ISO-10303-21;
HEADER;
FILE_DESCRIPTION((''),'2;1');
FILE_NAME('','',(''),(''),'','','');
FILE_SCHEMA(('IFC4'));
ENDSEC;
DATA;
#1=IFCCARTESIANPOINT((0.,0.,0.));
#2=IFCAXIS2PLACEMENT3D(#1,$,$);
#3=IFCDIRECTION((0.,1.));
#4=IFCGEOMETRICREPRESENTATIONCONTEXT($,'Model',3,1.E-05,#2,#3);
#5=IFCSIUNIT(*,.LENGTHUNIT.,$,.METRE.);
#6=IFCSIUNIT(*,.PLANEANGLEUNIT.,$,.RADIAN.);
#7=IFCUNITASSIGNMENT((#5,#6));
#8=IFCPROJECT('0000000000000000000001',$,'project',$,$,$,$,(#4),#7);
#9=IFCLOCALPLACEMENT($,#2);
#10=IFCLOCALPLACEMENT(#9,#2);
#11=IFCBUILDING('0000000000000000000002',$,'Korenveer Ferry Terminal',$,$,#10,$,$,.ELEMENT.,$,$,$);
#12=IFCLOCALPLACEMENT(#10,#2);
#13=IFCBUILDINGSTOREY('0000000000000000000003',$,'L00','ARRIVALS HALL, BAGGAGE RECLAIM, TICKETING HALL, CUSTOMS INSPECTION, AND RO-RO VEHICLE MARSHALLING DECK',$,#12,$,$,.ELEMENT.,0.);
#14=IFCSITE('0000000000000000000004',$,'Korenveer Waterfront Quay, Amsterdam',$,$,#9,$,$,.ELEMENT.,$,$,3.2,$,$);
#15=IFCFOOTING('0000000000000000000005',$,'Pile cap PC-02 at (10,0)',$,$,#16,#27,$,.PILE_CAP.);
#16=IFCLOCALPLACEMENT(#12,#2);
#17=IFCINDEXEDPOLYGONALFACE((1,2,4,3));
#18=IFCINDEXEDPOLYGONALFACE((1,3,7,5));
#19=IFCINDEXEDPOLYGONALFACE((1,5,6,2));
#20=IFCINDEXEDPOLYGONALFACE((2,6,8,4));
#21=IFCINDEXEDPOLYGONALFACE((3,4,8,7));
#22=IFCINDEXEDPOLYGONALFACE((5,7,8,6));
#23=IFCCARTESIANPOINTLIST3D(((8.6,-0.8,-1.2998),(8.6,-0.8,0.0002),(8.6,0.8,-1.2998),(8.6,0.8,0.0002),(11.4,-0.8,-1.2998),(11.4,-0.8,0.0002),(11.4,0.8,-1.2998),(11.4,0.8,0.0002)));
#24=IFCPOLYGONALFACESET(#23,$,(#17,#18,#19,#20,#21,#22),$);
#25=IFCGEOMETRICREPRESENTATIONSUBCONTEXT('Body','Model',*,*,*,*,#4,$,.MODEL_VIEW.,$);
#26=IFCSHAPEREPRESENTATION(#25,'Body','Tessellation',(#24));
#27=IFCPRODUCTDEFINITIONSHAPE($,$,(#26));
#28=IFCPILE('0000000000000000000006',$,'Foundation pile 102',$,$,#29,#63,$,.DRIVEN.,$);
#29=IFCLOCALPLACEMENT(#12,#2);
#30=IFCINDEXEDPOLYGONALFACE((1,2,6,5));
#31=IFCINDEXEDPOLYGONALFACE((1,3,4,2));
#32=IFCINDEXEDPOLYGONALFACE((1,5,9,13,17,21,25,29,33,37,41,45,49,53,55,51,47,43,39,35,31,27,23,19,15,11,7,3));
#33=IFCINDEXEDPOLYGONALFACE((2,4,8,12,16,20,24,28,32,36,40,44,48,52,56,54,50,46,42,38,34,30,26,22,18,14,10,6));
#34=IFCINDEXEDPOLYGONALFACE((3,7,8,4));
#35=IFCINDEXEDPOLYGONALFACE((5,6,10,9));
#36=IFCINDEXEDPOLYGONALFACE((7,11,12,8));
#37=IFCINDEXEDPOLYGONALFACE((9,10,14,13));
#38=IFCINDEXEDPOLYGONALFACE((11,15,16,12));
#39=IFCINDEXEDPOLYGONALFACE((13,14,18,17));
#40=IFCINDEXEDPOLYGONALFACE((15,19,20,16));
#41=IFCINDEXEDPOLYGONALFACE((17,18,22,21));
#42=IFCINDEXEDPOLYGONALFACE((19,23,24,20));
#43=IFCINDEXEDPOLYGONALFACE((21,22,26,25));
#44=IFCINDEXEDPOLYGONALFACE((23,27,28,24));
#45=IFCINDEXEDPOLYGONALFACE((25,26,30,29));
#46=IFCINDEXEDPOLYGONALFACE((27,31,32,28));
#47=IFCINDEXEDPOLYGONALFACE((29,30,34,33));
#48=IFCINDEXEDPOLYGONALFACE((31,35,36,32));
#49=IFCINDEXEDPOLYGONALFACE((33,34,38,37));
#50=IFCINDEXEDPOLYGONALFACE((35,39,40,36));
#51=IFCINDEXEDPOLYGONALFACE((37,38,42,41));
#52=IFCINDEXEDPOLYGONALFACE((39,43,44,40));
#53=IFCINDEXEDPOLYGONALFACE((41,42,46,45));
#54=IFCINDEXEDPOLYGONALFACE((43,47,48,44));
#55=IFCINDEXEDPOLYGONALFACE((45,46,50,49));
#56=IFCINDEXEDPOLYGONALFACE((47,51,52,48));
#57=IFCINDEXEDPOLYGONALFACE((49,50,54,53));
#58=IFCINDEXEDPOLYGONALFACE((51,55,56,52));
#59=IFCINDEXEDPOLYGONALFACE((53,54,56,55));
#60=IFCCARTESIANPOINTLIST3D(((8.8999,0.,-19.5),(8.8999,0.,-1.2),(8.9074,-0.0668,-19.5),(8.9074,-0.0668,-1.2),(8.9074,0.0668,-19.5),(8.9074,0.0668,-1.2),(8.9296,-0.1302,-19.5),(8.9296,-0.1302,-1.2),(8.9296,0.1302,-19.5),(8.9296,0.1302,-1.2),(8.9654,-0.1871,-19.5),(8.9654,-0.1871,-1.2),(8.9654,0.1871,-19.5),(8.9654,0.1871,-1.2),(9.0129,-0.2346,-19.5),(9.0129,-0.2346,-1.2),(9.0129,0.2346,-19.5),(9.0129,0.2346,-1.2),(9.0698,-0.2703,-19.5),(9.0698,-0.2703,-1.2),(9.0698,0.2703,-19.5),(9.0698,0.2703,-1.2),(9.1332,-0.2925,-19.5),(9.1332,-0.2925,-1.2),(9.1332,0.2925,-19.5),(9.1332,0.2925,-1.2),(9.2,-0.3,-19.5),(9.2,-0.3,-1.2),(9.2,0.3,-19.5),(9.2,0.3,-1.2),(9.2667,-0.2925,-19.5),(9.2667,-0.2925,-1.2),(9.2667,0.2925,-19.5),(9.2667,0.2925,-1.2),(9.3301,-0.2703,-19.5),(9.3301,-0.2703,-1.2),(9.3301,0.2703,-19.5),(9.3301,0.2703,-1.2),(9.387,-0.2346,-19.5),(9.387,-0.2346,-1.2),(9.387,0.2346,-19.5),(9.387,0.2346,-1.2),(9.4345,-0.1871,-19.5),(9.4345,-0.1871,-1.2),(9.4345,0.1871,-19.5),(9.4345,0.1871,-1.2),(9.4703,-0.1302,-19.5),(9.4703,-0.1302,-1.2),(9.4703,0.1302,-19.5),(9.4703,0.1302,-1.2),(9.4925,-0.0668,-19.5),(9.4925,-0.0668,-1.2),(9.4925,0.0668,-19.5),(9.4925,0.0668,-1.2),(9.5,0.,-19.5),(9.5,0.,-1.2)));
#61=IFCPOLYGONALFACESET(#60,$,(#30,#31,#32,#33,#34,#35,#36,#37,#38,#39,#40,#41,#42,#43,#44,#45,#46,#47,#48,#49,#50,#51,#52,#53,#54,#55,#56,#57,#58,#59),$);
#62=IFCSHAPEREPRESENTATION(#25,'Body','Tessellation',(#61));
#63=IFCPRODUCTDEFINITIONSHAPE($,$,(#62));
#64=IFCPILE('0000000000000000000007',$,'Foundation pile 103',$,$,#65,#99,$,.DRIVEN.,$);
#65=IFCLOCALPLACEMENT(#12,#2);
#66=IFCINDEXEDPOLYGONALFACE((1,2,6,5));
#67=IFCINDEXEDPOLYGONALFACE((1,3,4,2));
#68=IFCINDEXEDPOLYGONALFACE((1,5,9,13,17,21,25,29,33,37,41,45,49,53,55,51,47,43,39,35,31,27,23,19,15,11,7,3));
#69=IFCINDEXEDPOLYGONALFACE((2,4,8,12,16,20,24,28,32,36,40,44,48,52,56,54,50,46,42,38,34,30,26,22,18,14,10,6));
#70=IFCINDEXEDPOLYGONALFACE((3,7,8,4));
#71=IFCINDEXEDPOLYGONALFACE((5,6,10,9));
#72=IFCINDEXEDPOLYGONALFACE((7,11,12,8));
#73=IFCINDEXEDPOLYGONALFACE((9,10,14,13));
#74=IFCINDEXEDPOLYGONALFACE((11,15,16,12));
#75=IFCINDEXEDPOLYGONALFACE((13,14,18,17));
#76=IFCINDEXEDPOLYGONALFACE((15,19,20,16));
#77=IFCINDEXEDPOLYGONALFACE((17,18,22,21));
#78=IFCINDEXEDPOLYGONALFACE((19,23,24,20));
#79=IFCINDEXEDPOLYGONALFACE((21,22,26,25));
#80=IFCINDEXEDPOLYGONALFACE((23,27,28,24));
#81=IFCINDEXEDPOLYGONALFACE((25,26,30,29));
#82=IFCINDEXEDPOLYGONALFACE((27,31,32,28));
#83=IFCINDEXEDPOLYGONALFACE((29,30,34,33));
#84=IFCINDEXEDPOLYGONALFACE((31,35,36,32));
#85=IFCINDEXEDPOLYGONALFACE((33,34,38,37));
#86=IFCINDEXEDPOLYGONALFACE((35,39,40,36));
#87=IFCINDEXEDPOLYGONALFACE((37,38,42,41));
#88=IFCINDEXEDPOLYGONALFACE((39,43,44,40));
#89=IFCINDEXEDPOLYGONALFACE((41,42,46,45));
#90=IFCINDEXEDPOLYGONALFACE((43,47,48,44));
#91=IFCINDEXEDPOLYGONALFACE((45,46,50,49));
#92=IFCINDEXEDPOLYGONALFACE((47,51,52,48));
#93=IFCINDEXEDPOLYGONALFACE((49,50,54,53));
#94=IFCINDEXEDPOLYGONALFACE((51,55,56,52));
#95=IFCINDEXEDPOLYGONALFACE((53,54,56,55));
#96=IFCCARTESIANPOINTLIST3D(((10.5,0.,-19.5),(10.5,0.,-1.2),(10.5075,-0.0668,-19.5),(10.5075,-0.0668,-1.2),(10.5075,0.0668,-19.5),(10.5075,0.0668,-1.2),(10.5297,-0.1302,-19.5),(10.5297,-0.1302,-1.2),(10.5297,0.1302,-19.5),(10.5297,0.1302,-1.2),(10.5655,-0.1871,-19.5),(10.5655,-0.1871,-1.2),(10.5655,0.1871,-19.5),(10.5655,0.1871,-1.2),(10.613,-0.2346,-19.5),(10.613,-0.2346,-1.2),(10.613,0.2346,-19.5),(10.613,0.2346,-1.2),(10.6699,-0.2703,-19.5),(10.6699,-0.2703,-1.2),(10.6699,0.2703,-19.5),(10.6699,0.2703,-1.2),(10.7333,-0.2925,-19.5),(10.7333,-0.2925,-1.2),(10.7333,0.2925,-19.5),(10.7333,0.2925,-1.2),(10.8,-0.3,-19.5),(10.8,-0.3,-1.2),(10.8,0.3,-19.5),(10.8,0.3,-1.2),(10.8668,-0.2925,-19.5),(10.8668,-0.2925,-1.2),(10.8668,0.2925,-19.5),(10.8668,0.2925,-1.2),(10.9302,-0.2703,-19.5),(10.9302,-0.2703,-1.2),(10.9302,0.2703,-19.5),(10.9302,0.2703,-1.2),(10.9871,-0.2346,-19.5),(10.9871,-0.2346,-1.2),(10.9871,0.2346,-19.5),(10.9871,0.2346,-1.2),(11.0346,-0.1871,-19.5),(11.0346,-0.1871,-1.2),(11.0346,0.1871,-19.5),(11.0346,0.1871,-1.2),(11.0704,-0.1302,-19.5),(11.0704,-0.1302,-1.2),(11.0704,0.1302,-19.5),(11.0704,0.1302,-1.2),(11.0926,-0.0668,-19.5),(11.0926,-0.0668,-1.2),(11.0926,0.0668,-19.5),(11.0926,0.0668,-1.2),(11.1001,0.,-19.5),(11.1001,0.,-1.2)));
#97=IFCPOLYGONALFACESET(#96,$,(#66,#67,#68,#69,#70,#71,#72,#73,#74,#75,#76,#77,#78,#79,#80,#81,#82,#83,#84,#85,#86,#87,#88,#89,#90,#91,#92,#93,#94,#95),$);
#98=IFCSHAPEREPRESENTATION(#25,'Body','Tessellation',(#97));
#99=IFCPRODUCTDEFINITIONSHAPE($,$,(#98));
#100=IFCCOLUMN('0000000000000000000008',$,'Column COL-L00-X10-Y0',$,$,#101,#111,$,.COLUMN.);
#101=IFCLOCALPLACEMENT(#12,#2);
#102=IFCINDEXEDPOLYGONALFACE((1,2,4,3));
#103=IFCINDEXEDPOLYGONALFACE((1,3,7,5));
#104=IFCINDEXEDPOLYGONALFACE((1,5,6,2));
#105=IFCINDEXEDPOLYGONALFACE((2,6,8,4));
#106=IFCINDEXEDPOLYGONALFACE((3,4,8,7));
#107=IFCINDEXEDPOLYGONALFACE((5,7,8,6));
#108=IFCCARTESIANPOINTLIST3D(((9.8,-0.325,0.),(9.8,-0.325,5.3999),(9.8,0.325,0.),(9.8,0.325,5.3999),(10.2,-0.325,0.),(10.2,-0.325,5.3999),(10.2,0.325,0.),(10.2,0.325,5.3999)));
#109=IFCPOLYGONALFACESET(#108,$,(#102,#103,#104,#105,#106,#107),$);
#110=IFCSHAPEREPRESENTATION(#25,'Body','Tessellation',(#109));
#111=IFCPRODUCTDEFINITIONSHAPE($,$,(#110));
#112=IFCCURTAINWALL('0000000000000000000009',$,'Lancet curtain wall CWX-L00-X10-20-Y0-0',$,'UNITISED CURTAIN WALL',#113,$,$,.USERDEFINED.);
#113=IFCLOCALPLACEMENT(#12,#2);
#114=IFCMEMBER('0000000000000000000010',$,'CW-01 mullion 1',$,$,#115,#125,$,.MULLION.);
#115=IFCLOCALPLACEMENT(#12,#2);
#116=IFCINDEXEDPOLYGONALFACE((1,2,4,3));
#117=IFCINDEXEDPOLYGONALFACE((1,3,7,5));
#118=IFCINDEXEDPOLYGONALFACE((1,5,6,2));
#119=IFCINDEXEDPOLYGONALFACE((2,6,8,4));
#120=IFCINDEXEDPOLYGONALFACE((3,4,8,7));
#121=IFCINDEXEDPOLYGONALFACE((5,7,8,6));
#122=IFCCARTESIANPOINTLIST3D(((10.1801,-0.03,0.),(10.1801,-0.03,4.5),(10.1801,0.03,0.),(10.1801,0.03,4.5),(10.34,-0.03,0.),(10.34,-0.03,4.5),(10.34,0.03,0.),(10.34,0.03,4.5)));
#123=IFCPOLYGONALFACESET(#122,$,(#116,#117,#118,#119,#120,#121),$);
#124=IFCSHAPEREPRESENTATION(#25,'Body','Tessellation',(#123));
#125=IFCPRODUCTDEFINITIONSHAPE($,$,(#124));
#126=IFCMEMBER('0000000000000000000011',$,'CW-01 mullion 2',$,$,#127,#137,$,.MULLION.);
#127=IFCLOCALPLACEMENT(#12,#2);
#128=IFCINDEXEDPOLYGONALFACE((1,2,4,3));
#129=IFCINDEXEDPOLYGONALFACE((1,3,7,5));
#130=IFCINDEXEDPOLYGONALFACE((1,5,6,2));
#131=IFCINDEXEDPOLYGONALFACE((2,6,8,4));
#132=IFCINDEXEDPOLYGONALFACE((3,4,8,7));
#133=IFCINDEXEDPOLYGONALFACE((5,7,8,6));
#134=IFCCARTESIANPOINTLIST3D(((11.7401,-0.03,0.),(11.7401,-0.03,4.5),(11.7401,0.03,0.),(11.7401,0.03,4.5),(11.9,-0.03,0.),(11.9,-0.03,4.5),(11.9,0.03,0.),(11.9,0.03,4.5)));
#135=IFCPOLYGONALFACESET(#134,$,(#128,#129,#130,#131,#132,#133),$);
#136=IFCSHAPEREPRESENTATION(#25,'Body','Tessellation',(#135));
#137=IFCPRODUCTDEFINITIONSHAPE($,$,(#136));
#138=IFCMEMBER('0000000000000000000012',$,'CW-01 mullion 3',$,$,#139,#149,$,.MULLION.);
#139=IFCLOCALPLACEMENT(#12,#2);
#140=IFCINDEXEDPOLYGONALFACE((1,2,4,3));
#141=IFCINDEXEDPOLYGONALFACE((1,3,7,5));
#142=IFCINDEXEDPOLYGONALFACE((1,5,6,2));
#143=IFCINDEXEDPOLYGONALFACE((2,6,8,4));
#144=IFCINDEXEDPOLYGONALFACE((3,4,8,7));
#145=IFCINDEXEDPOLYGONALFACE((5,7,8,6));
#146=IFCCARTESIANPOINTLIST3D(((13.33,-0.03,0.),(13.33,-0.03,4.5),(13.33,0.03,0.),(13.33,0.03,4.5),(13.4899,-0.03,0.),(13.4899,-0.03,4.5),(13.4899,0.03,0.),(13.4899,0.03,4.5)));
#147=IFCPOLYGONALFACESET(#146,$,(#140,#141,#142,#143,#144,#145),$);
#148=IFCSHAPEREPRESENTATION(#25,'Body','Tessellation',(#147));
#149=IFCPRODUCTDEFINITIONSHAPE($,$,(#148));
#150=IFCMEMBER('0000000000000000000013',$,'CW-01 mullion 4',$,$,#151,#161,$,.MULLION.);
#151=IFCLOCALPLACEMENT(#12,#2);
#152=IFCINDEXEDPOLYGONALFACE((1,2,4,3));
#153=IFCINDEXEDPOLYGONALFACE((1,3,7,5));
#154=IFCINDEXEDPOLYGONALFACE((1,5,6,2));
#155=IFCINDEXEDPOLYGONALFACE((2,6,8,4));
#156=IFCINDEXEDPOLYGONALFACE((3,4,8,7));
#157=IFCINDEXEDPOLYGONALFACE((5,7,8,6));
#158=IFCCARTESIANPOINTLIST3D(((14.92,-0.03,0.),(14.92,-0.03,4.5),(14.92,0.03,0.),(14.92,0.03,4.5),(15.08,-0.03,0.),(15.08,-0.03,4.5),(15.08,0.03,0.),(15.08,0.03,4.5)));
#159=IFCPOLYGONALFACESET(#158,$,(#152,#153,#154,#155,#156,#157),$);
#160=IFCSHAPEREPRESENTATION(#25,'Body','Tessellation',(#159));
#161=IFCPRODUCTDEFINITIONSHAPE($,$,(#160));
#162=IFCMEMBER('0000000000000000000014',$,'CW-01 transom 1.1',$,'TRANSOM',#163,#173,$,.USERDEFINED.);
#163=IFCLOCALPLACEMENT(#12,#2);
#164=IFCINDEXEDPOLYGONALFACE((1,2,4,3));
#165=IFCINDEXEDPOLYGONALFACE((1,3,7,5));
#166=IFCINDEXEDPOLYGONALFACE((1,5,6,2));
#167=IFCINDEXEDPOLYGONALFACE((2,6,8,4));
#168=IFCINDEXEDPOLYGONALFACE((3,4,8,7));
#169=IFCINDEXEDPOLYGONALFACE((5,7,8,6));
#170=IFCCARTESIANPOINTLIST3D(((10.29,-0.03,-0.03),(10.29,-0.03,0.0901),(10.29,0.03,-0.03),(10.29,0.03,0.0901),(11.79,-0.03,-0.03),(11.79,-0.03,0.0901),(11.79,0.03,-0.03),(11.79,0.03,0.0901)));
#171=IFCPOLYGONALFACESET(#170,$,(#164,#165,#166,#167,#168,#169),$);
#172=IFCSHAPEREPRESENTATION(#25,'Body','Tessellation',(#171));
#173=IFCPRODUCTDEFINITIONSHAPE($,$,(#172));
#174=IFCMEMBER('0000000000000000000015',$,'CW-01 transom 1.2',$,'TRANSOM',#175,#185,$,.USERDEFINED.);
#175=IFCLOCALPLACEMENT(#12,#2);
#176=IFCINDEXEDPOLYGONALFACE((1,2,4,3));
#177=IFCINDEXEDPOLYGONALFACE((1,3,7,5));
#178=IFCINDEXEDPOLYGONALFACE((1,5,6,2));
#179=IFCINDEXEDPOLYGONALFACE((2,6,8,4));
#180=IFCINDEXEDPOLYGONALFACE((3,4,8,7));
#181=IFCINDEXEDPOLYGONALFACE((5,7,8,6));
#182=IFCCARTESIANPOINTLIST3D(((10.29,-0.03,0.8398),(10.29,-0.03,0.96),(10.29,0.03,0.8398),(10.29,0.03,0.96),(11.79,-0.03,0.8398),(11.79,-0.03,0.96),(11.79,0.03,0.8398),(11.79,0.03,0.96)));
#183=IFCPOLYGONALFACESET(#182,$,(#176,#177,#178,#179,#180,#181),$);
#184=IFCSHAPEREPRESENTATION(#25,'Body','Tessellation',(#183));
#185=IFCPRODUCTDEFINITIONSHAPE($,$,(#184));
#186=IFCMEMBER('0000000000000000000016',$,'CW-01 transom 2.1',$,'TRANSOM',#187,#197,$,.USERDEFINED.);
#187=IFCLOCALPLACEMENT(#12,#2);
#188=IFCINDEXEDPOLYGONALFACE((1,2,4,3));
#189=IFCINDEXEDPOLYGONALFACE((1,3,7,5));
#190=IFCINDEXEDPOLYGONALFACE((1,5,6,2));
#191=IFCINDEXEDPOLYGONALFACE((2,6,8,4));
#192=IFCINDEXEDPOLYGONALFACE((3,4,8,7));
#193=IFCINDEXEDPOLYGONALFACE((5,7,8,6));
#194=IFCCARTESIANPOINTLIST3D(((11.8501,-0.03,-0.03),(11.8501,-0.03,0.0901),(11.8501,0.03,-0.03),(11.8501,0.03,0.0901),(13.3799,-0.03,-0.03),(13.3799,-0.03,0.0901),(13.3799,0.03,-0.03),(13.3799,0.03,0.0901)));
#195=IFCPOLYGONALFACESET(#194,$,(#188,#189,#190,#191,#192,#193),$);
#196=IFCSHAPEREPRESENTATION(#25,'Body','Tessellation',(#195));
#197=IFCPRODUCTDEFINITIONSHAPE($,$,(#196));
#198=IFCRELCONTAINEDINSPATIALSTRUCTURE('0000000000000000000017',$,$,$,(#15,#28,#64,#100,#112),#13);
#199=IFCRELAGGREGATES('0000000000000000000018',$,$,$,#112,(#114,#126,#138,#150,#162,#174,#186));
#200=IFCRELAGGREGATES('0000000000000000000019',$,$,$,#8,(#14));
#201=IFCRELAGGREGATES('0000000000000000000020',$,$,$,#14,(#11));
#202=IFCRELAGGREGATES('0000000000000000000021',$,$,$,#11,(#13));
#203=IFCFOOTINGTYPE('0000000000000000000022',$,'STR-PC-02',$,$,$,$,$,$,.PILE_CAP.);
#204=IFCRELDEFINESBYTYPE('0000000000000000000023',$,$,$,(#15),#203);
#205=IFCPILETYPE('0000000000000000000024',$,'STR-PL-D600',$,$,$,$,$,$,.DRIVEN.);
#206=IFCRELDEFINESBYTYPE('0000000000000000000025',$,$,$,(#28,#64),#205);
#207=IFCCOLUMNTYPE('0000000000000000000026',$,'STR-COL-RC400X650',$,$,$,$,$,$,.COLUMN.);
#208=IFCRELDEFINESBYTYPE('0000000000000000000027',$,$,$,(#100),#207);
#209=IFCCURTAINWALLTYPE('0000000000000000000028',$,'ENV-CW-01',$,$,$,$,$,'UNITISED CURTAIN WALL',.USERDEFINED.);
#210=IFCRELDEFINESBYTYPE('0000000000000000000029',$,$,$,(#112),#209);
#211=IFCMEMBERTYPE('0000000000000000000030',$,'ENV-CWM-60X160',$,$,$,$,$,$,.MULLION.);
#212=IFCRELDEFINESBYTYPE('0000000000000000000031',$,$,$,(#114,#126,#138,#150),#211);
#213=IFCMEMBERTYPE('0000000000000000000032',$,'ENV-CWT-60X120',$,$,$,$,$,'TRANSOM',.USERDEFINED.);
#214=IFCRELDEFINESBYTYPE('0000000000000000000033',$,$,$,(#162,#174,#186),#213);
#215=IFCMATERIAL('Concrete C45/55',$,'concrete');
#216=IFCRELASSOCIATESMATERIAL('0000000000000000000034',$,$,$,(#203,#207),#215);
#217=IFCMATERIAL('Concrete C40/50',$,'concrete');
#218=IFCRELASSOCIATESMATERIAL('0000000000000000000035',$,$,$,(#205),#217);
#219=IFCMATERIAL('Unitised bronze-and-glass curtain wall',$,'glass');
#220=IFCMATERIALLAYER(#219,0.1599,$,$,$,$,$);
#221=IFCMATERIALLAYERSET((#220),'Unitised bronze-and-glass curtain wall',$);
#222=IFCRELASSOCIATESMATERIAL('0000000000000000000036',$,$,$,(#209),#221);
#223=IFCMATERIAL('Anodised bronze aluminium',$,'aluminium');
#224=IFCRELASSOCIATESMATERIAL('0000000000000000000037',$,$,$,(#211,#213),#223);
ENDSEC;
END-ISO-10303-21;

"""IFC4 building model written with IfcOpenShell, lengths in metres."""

from ifc_helpers import new_model, si_unit, direction, frame, origin, origin_2d, place, context, subcontext, project, spatial, rectangle, circle, extrude, material, layer, layer_set, material_profile, profile_set, type_object, element, aggregate, save


model = new_model("IFC4")

# Units and contexts
model_context = context("Model", 3, precision=1e-05, world=origin(), true_north=direction((0.0, 1.0)))
body_context = subcontext(model_context, "Body", "Model", "MODEL_VIEW")
ifc_project = project(units=[si_unit("LENGTHUNIT", "METRE"), si_unit("PLANEANGLEUNIT", "RADIAN")], contexts=[model_context])

# Site, building, storey
site_placement = place(None, origin())
site = spatial("IfcSite", under=ifc_project, at=site_placement, Name="Korenveer Waterfront Quay, Amsterdam", CompositionType="ELEMENT", RefElevation=3.2)
building_placement = place(site_placement, origin())
building = spatial("IfcBuilding", under=site, at=building_placement, Name="Korenveer Ferry Terminal", CompositionType="ELEMENT")
storey_placement = place(building_placement, origin())
storey = spatial("IfcBuildingStorey", under=building, at=storey_placement, Name="L00", Description="ARRIVALS HALL, BAGGAGE RECLAIM, TICKETING HALL, CUSTOMS INSPECTION, AND RO-RO VEHICLE MARSHALLING DECK", CompositionType="ELEMENT", Elevation=0.0)

# Footing
ifc_material_1 = material(Name="Concrete C45/55", Category="concrete")
footing_type = type_object("IfcFootingType", Name="STR-PC-02", PredefinedType="PILE_CAP", material=ifc_material_1)
footing_placement = place(storey_placement, frame((10.0, 0.0, -1.2998), z_axis=(0.0, 0.0, 1.0), x_axis=(1.0, 0.0, 0.0)))
element("IfcFooting", 1, at=footing_placement, inside=storey, type_object=footing_type, Name="Pile cap PC-02 at (10,0)", PredefinedType="PILE_CAP", context=body_context, shape_type="SweptSolid", body=[
    extrude(rectangle(XDim=2.8, YDim=1.6001, at=origin_2d()), origin(), (0.0, 0.0, 1.0), 1.3),
])

# Piles
ifc_material_2 = material(Name="Concrete C40/50", Category="concrete")
ifc_material_profile_1 = material_profile(ifc_material_2, circle(Radius=0.3, at=origin_2d()), Name="PILE D600")
ifc_profile_set_1 = profile_set([ifc_material_profile_1], Name="Concrete C40/50")
pile_type = type_object("IfcPileType", Name="STR-PL-D600", PredefinedType="DRIVEN", material=ifc_profile_set_1)
for number, where, z_axis, x_axis, name in (
    (2, (9.2, 0.0, -1.2), (0.0, 0.0, -1.0), (1.0, 0.0, 0.0), "Foundation pile 102"),
    (3, (10.8, 0.0, -1.2), (0.0, 0.0, -1.0), (1.0, 0.0, 0.0), "Foundation pile 103"),
):
    element("IfcPile", number, at=place(storey_placement, frame(where, z_axis=z_axis, x_axis=x_axis)), inside=storey, type_object=pile_type, Name=name, PredefinedType="DRIVEN", context=body_context, shape_type="SweptSolid", body=[
        extrude(circle(Radius=0.3, at=origin_2d()), origin(), (0.0, 0.0, 1.0), 18.3),
    ])

# Column
ifc_material_profile_2 = material_profile(ifc_material_1, rectangle(XDim=0.3999, YDim=0.6499, at=origin_2d()), Name="RC 400x650")
ifc_profile_set_2 = profile_set([ifc_material_profile_2], Name="Concrete C45/55")
column_type = type_object("IfcColumnType", Name="STR-COL-RC400X650", PredefinedType="COLUMN", material=ifc_profile_set_2)
column_placement = place(storey_placement, frame((10.0, 0.0, 0.0), z_axis=(0.0, 0.0, 1.0), x_axis=(1.0, 0.0, 0.0)))
element("IfcColumn", 4, at=column_placement, inside=storey, type_object=column_type, Name="Column COL-L00-X10-Y0", PredefinedType="COLUMN", context=body_context, shape_type="SweptSolid", body=[
    extrude(rectangle(XDim=0.3999, YDim=0.6499, at=origin_2d()), origin(), (0.0, 0.0, 1.0), 5.3999),
])

# Curtain wall, members
ifc_material_3 = material(Name="Unitised bronze-and-glass curtain wall", Category="glass")
ifc_layer_1 = layer(ifc_material_3, 0.1599)
ifc_layer_set_1 = layer_set([ifc_layer_1], Name="Unitised bronze-and-glass curtain wall")
curtain_wall_type = type_object("IfcCurtainWallType", Name="ENV-CW-01", ElementType="UNITISED CURTAIN WALL", PredefinedType="USERDEFINED", material=ifc_layer_set_1)
curtain_wall_placement = place(storey_placement, frame((10.23, 0.0, 0.0)))
curtain_wall = element("IfcCurtainWall", 5, at=curtain_wall_placement, inside=storey, type_object=curtain_wall_type, Name="Lancet curtain wall CWX-L00-X10-20-Y0-0", ObjectType="UNITISED CURTAIN WALL", PredefinedType="USERDEFINED")
ifc_material_4 = material(Name="Anodised bronze aluminium", Category="aluminium")
ifc_material_profile_3 = material_profile(ifc_material_4, rectangle(XDim=0.0601, YDim=0.1599, at=origin_2d()), Name="ALU 60x160")
ifc_profile_set_3 = profile_set([ifc_material_profile_3], Name="Anodised bronze aluminium")
member_type_1 = type_object("IfcMemberType", Name="ENV-CWM-60X160", PredefinedType="MULLION", material=ifc_profile_set_3)
member_1_placement = place(storey_placement, frame((10.26, 0.0, 0.0), z_axis=(0.0, 0.0, 1.0), x_axis=(0.0, 1.0, 0.0)))
member_1 = element("IfcMember", 6, at=member_1_placement, type_object=member_type_1, Name="CW-01 mullion 1", PredefinedType="MULLION", context=body_context, shape_type="SweptSolid", body=[
    extrude(rectangle(XDim=0.0601, YDim=0.1599, at=origin_2d()), origin(), (0.0, 0.0, 1.0), 4.5),
])
member_2_placement = place(storey_placement, frame((11.8201, 0.0, 0.0), z_axis=(0.0, 0.0, 1.0), x_axis=(0.0, 1.0, 0.0)))
member_2 = element("IfcMember", 7, at=member_2_placement, type_object=member_type_1, Name="CW-01 mullion 2", PredefinedType="MULLION", context=body_context, shape_type="SweptSolid", body=[
    extrude(rectangle(XDim=0.0601, YDim=0.1599, at=origin_2d()), origin(), (0.0, 0.0, 1.0), 4.5),
])
member_3_placement = place(storey_placement, frame((13.4099, 0.0, 0.0), z_axis=(0.0, 0.0, 1.0), x_axis=(0.0, 1.0, 0.0)))
member_3 = element("IfcMember", 8, at=member_3_placement, type_object=member_type_1, Name="CW-01 mullion 3", PredefinedType="MULLION", context=body_context, shape_type="SweptSolid", body=[
    extrude(rectangle(XDim=0.0601, YDim=0.1599, at=origin_2d()), origin(), (0.0, 0.0, 1.0), 4.5),
])
member_4_placement = place(storey_placement, frame((15.0, 0.0, 0.0), z_axis=(0.0, 0.0, 1.0), x_axis=(0.0, 1.0, 0.0)))
member_4 = element("IfcMember", 9, at=member_4_placement, type_object=member_type_1, Name="CW-01 mullion 4", PredefinedType="MULLION", context=body_context, shape_type="SweptSolid", body=[
    extrude(rectangle(XDim=0.0601, YDim=0.1599, at=origin_2d()), origin(), (0.0, 0.0, 1.0), 4.5),
])
ifc_material_profile_4 = material_profile(ifc_material_4, rectangle(XDim=0.0601, YDim=0.1201, at=origin_2d()), Name="ALU 60x120")
ifc_profile_set_4 = profile_set([ifc_material_profile_4], Name="Anodised bronze aluminium")
member_type_2 = type_object("IfcMemberType", Name="ENV-CWT-60X120", ElementType="TRANSOM", PredefinedType="USERDEFINED", material=ifc_profile_set_4)
member_5_placement = place(storey_placement, frame((10.29, 0.0, 0.03), z_axis=(1.0, 0.0, 0.0), x_axis=(0.0, 1.0, 0.0)))
member_5 = element("IfcMember", 10, at=member_5_placement, type_object=member_type_2, Name="CW-01 transom 1.1", ObjectType="TRANSOM", PredefinedType="USERDEFINED", context=body_context, shape_type="SweptSolid", body=[
    extrude(rectangle(XDim=0.0601, YDim=0.1201, at=origin_2d()), origin(), (0.0, 0.0, 1.0), 1.5),
])
member_6_placement = place(storey_placement, frame((10.29, 0.0, 0.8999), z_axis=(1.0, 0.0, 0.0), x_axis=(0.0, 1.0, 0.0)))
member_6 = element("IfcMember", 11, at=member_6_placement, type_object=member_type_2, Name="CW-01 transom 1.2", ObjectType="TRANSOM", PredefinedType="USERDEFINED", context=body_context, shape_type="SweptSolid", body=[
    extrude(rectangle(XDim=0.0601, YDim=0.1201, at=origin_2d()), origin(), (0.0, 0.0, 1.0), 1.5),
])
member_7_placement = place(storey_placement, frame((11.8501, 0.0, 0.03), z_axis=(1.0, 0.0, 0.0), x_axis=(0.0, 1.0, 0.0)))
member_7 = element("IfcMember", 12, at=member_7_placement, type_object=member_type_2, Name="CW-01 transom 2.1", ObjectType="TRANSOM", PredefinedType="USERDEFINED", context=body_context, shape_type="SweptSolid", body=[
    extrude(rectangle(XDim=0.0601, YDim=0.1201, at=origin_2d()), origin(), (0.0, 0.0, 1.0), 1.5298),
])
aggregate(curtain_wall, [member_1, member_2, member_3, member_4, member_5, member_6, member_7])

save(model, "model.ifc")
